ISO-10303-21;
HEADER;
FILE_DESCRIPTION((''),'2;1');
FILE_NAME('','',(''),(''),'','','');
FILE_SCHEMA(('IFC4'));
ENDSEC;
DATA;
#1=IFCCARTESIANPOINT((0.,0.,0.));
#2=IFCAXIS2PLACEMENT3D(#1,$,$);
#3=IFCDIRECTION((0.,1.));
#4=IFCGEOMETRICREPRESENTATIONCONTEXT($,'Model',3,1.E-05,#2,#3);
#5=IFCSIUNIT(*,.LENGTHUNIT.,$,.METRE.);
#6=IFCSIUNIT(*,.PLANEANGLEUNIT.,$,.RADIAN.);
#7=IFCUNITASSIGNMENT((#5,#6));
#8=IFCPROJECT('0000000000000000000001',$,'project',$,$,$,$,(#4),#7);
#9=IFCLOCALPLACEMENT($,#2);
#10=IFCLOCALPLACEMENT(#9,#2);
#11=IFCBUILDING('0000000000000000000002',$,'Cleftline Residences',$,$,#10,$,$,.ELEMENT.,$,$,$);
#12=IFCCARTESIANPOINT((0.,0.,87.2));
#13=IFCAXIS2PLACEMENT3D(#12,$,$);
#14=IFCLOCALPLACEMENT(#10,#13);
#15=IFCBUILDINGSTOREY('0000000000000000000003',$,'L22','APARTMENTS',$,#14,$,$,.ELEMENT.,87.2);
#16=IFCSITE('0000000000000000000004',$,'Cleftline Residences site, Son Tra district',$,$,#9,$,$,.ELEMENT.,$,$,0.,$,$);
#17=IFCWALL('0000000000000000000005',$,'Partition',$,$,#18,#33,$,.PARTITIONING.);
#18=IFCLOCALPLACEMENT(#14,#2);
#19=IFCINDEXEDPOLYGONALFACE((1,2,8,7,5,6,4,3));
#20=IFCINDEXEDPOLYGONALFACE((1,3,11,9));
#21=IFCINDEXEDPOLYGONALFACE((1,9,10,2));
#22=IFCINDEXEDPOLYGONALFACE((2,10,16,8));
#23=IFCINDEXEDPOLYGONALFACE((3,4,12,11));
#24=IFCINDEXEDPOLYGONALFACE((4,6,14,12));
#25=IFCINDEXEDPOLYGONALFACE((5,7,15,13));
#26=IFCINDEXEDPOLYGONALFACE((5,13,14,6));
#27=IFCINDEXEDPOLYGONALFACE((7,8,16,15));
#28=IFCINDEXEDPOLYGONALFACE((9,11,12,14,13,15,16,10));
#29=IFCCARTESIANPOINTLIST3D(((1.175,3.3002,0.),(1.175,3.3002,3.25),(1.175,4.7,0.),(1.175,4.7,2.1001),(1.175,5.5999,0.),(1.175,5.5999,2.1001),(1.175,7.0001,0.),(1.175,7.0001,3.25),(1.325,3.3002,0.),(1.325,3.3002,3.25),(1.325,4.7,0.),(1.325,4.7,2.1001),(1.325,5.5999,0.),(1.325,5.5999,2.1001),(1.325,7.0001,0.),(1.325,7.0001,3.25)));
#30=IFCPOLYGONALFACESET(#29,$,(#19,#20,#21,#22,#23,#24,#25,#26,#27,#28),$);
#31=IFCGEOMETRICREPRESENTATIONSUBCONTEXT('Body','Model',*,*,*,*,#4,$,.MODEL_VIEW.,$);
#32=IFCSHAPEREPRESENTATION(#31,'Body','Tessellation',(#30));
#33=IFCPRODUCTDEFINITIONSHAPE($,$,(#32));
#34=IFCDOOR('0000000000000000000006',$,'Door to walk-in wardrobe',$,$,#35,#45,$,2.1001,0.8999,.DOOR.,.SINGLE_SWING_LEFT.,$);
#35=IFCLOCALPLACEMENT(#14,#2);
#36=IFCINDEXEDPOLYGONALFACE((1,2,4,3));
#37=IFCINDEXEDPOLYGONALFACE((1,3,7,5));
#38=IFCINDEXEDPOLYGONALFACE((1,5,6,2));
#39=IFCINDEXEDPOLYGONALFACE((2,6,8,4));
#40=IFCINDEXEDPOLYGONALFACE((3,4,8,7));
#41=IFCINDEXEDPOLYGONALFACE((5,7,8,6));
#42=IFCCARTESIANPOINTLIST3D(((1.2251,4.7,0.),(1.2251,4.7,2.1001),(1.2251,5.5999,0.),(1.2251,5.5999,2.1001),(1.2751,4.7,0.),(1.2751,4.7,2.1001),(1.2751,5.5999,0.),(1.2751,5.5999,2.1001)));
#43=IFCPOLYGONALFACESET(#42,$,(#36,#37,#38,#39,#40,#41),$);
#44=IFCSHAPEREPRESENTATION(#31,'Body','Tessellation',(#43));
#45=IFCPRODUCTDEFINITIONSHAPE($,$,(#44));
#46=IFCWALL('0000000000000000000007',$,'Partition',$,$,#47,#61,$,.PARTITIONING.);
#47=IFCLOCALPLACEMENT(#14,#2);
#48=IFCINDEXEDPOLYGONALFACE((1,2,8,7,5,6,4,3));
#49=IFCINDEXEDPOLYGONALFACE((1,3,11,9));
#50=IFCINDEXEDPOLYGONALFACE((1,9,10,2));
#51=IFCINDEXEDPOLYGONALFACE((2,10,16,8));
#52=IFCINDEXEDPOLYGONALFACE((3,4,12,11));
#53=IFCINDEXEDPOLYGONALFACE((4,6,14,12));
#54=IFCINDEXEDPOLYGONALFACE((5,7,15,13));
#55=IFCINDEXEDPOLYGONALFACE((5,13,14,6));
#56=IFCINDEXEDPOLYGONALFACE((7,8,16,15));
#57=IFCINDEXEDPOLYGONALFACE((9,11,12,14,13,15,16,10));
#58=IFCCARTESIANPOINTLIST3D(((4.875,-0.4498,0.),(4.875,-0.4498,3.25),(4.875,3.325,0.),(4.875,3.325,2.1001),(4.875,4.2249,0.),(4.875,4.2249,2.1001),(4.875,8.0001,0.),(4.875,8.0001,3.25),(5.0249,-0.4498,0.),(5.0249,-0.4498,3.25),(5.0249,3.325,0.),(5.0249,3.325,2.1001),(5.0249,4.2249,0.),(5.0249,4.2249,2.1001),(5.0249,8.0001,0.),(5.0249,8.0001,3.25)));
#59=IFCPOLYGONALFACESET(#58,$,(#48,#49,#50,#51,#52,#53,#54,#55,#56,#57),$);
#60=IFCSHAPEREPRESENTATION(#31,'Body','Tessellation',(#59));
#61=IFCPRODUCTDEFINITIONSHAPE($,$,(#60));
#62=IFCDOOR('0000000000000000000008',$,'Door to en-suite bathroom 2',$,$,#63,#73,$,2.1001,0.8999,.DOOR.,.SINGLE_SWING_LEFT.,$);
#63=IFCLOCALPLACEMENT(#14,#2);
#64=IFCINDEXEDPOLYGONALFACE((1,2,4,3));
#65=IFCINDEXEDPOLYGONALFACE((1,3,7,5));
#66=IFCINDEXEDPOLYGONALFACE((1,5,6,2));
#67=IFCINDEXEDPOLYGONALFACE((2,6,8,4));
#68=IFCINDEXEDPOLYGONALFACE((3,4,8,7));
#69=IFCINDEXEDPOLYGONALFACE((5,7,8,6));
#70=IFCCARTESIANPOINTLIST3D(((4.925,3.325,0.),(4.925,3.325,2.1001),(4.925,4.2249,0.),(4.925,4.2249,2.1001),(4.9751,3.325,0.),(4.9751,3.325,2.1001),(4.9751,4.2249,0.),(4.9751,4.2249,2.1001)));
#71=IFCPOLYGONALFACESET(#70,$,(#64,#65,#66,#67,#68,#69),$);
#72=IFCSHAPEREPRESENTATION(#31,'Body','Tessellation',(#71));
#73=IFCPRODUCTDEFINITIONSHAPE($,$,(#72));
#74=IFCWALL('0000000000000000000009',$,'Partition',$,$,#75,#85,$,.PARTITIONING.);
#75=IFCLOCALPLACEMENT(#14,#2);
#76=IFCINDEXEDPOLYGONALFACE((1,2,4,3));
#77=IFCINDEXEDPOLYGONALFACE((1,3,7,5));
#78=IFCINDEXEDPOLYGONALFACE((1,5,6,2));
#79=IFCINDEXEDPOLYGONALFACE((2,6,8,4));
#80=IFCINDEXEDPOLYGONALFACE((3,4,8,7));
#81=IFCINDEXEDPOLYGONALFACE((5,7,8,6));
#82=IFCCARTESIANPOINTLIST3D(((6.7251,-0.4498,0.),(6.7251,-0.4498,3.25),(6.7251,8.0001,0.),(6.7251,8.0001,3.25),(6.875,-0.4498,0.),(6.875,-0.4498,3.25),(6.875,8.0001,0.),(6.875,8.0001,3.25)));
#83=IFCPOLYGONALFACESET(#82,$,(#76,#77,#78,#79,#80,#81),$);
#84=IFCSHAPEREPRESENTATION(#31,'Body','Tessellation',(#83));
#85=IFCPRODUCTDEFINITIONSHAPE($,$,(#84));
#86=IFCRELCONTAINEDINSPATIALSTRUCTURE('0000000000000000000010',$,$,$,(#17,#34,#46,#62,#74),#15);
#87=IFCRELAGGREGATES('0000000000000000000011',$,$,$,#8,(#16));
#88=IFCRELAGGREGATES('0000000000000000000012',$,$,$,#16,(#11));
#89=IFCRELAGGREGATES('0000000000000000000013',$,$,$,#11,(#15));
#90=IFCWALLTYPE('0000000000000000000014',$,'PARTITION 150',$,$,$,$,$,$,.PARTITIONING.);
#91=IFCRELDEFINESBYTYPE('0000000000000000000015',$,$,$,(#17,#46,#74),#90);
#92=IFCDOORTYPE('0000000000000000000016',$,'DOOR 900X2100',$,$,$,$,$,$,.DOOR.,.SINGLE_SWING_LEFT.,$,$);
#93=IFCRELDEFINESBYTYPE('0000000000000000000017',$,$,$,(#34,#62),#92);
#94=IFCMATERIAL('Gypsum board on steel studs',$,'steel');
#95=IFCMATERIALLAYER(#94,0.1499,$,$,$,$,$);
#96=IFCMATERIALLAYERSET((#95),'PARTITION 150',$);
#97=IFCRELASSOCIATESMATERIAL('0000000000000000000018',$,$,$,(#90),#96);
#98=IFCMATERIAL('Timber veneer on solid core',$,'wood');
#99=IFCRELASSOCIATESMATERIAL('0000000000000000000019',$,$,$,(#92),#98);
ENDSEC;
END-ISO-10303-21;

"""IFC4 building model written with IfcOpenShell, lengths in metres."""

from ifc_helpers import new_model, si_unit, direction, frame, frame_2d, origin, place, context, subcontext, project, spatial, rectangle, extrude, material, layer, layer_set, type_object, element, fill, save


model = new_model("IFC4")

# Units and contexts
model_context = context("Model", 3, precision=1e-05, world=origin(), true_north=direction((0.0, 1.0)))
body_context = subcontext(model_context, "Body", "Model", "MODEL_VIEW")
ifc_project = project(units=[si_unit("LENGTHUNIT", "METRE"), si_unit("PLANEANGLEUNIT", "RADIAN")], contexts=[model_context])

# Site, building, storey
site_placement = place(None, origin())
site = spatial("IfcSite", under=ifc_project, at=site_placement, Name="Cleftline Residences site, Son Tra district", CompositionType="ELEMENT", RefElevation=0.0)
building_placement = place(site_placement, origin())
building = spatial("IfcBuilding", under=site, at=building_placement, Name="Cleftline Residences", CompositionType="ELEMENT")
storey_placement = place(building_placement, frame((0.0, 0.0, 87.2)))
storey = spatial("IfcBuildingStorey", under=building, at=storey_placement, Name="L22", Description="APARTMENTS", CompositionType="ELEMENT", Elevation=87.2)

# Walls, openings, doors
ifc_material_1 = material(Name="Gypsum board on steel studs", Category="steel")
ifc_layer_1 = layer(ifc_material_1, 0.1499)
ifc_layer_set_1 = layer_set([ifc_layer_1], Name="PARTITION 150")
wall_type_1 = type_object("IfcWallType", Name="PARTITION 150", PredefinedType="PARTITIONING", material=ifc_layer_set_1)
wall_1_placement = place(storey_placement, frame((1.25, 3.3, 0.0), z_axis=(0.0, 0.0, 1.0), x_axis=(0.0, 1.0, 0.0)))
wall_1 = element("IfcWall", 1, at=wall_1_placement, inside=storey, type_object=wall_type_1, Name="Partition", PredefinedType="PARTITIONING", context=body_context, shape_type="SweptSolid", body=[
    extrude(rectangle(XDim=3.7, YDim=0.1499, at=frame_2d((1.8501, 0.0))), origin(), (0.0, 0.0, 1.0), 3.25),
])
opening_1_placement = place(wall_1_placement, frame((1.3999, 0.0, 0.0)))
opening_1 = element("IfcOpeningElement", 2, at=opening_1_placement, cuts=wall_1, PredefinedType="OPENING", context=body_context, shape_type="SweptSolid", body=[
    extrude(rectangle(XDim=0.8999, YDim=2.1001, at=frame_2d((0.45, 1.05))), frame((0.0, 0.085, 0.0), z_axis=(0.0, -1.0, 0.0), x_axis=(1.0, 0.0, 0.0)), (0.0, 0.0, 1.0), 0.1699),
])
ifc_material_2 = material(Name="Timber veneer on solid core", Category="wood")
door_type_1 = type_object("IfcDoorType", Name="DOOR 900X2100", OperationType="SINGLE_SWING_LEFT", PredefinedType="DOOR", material=ifc_material_2)
door_1_placement = place(opening_1_placement, origin())
door_1 = element("IfcDoor", 3, at=door_1_placement, inside=storey, type_object=door_type_1, Name="Door to walk-in wardrobe", OperationType="SINGLE_SWING_LEFT", OverallHeight=2.1001, OverallWidth=0.8999, PredefinedType="DOOR", context=body_context, shape_type="SweptSolid", body=[
    extrude(rectangle(XDim=0.8999, YDim=2.1001, at=frame_2d((0.45, 1.05))), frame((0.0, 0.0249, 0.0), z_axis=(0.0, -1.0, 0.0), x_axis=(1.0, 0.0, 0.0)), (0.0, 0.0, 1.0), 0.05),
])
fill(opening_1, door_1)
wall_2_placement = place(storey_placement, frame((4.95, -0.45, 0.0), z_axis=(0.0, 0.0, 1.0), x_axis=(0.0, 1.0, 0.0)))
wall_2 = element("IfcWall", 4, at=wall_2_placement, inside=storey, type_object=wall_type_1, Name="Partition", PredefinedType="PARTITIONING", context=body_context, shape_type="SweptSolid", body=[
    extrude(rectangle(XDim=8.45, YDim=0.1499, at=frame_2d((4.2251, 0.0))), origin(), (0.0, 0.0, 1.0), 3.25),
])
opening_2_placement = place(wall_2_placement, frame((3.7749, 0.0, 0.0)))
opening_2 = element("IfcOpeningElement", 5, at=opening_2_placement, cuts=wall_2, PredefinedType="OPENING", context=body_context, shape_type="SweptSolid", body=[
    extrude(rectangle(XDim=0.8999, YDim=2.1001, at=frame_2d((0.45, 1.05))), frame((0.0, 0.085, 0.0), z_axis=(0.0, -1.0, 0.0), x_axis=(1.0, 0.0, 0.0)), (0.0, 0.0, 1.0), 0.1699),
])
door_2_placement = place(opening_2_placement, origin())
door_2 = element("IfcDoor", 6, at=door_2_placement, inside=storey, type_object=door_type_1, Name="Door to en-suite bathroom 2", OperationType="SINGLE_SWING_LEFT", OverallHeight=2.1001, OverallWidth=0.8999, PredefinedType="DOOR", context=body_context, shape_type="SweptSolid", body=[
    extrude(rectangle(XDim=0.8999, YDim=2.1001, at=frame_2d((0.45, 1.05))), frame((0.0, 0.0249, 0.0), z_axis=(0.0, -1.0, 0.0), x_axis=(1.0, 0.0, 0.0)), (0.0, 0.0, 1.0), 0.05),
])
fill(opening_2, door_2)

# Wall
wall_3_placement = place(storey_placement, frame((6.8, -0.45, 0.0), z_axis=(0.0, 0.0, 1.0), x_axis=(0.0, 1.0, 0.0)))
element("IfcWall", 7, at=wall_3_placement, inside=storey, type_object=wall_type_1, Name="Partition", PredefinedType="PARTITIONING", context=body_context, shape_type="SweptSolid", body=[
    extrude(rectangle(XDim=8.45, YDim=0.1499, at=frame_2d((4.2251, 0.0))), origin(), (0.0, 0.0, 1.0), 3.25),
])

save(model, "model.ifc")
